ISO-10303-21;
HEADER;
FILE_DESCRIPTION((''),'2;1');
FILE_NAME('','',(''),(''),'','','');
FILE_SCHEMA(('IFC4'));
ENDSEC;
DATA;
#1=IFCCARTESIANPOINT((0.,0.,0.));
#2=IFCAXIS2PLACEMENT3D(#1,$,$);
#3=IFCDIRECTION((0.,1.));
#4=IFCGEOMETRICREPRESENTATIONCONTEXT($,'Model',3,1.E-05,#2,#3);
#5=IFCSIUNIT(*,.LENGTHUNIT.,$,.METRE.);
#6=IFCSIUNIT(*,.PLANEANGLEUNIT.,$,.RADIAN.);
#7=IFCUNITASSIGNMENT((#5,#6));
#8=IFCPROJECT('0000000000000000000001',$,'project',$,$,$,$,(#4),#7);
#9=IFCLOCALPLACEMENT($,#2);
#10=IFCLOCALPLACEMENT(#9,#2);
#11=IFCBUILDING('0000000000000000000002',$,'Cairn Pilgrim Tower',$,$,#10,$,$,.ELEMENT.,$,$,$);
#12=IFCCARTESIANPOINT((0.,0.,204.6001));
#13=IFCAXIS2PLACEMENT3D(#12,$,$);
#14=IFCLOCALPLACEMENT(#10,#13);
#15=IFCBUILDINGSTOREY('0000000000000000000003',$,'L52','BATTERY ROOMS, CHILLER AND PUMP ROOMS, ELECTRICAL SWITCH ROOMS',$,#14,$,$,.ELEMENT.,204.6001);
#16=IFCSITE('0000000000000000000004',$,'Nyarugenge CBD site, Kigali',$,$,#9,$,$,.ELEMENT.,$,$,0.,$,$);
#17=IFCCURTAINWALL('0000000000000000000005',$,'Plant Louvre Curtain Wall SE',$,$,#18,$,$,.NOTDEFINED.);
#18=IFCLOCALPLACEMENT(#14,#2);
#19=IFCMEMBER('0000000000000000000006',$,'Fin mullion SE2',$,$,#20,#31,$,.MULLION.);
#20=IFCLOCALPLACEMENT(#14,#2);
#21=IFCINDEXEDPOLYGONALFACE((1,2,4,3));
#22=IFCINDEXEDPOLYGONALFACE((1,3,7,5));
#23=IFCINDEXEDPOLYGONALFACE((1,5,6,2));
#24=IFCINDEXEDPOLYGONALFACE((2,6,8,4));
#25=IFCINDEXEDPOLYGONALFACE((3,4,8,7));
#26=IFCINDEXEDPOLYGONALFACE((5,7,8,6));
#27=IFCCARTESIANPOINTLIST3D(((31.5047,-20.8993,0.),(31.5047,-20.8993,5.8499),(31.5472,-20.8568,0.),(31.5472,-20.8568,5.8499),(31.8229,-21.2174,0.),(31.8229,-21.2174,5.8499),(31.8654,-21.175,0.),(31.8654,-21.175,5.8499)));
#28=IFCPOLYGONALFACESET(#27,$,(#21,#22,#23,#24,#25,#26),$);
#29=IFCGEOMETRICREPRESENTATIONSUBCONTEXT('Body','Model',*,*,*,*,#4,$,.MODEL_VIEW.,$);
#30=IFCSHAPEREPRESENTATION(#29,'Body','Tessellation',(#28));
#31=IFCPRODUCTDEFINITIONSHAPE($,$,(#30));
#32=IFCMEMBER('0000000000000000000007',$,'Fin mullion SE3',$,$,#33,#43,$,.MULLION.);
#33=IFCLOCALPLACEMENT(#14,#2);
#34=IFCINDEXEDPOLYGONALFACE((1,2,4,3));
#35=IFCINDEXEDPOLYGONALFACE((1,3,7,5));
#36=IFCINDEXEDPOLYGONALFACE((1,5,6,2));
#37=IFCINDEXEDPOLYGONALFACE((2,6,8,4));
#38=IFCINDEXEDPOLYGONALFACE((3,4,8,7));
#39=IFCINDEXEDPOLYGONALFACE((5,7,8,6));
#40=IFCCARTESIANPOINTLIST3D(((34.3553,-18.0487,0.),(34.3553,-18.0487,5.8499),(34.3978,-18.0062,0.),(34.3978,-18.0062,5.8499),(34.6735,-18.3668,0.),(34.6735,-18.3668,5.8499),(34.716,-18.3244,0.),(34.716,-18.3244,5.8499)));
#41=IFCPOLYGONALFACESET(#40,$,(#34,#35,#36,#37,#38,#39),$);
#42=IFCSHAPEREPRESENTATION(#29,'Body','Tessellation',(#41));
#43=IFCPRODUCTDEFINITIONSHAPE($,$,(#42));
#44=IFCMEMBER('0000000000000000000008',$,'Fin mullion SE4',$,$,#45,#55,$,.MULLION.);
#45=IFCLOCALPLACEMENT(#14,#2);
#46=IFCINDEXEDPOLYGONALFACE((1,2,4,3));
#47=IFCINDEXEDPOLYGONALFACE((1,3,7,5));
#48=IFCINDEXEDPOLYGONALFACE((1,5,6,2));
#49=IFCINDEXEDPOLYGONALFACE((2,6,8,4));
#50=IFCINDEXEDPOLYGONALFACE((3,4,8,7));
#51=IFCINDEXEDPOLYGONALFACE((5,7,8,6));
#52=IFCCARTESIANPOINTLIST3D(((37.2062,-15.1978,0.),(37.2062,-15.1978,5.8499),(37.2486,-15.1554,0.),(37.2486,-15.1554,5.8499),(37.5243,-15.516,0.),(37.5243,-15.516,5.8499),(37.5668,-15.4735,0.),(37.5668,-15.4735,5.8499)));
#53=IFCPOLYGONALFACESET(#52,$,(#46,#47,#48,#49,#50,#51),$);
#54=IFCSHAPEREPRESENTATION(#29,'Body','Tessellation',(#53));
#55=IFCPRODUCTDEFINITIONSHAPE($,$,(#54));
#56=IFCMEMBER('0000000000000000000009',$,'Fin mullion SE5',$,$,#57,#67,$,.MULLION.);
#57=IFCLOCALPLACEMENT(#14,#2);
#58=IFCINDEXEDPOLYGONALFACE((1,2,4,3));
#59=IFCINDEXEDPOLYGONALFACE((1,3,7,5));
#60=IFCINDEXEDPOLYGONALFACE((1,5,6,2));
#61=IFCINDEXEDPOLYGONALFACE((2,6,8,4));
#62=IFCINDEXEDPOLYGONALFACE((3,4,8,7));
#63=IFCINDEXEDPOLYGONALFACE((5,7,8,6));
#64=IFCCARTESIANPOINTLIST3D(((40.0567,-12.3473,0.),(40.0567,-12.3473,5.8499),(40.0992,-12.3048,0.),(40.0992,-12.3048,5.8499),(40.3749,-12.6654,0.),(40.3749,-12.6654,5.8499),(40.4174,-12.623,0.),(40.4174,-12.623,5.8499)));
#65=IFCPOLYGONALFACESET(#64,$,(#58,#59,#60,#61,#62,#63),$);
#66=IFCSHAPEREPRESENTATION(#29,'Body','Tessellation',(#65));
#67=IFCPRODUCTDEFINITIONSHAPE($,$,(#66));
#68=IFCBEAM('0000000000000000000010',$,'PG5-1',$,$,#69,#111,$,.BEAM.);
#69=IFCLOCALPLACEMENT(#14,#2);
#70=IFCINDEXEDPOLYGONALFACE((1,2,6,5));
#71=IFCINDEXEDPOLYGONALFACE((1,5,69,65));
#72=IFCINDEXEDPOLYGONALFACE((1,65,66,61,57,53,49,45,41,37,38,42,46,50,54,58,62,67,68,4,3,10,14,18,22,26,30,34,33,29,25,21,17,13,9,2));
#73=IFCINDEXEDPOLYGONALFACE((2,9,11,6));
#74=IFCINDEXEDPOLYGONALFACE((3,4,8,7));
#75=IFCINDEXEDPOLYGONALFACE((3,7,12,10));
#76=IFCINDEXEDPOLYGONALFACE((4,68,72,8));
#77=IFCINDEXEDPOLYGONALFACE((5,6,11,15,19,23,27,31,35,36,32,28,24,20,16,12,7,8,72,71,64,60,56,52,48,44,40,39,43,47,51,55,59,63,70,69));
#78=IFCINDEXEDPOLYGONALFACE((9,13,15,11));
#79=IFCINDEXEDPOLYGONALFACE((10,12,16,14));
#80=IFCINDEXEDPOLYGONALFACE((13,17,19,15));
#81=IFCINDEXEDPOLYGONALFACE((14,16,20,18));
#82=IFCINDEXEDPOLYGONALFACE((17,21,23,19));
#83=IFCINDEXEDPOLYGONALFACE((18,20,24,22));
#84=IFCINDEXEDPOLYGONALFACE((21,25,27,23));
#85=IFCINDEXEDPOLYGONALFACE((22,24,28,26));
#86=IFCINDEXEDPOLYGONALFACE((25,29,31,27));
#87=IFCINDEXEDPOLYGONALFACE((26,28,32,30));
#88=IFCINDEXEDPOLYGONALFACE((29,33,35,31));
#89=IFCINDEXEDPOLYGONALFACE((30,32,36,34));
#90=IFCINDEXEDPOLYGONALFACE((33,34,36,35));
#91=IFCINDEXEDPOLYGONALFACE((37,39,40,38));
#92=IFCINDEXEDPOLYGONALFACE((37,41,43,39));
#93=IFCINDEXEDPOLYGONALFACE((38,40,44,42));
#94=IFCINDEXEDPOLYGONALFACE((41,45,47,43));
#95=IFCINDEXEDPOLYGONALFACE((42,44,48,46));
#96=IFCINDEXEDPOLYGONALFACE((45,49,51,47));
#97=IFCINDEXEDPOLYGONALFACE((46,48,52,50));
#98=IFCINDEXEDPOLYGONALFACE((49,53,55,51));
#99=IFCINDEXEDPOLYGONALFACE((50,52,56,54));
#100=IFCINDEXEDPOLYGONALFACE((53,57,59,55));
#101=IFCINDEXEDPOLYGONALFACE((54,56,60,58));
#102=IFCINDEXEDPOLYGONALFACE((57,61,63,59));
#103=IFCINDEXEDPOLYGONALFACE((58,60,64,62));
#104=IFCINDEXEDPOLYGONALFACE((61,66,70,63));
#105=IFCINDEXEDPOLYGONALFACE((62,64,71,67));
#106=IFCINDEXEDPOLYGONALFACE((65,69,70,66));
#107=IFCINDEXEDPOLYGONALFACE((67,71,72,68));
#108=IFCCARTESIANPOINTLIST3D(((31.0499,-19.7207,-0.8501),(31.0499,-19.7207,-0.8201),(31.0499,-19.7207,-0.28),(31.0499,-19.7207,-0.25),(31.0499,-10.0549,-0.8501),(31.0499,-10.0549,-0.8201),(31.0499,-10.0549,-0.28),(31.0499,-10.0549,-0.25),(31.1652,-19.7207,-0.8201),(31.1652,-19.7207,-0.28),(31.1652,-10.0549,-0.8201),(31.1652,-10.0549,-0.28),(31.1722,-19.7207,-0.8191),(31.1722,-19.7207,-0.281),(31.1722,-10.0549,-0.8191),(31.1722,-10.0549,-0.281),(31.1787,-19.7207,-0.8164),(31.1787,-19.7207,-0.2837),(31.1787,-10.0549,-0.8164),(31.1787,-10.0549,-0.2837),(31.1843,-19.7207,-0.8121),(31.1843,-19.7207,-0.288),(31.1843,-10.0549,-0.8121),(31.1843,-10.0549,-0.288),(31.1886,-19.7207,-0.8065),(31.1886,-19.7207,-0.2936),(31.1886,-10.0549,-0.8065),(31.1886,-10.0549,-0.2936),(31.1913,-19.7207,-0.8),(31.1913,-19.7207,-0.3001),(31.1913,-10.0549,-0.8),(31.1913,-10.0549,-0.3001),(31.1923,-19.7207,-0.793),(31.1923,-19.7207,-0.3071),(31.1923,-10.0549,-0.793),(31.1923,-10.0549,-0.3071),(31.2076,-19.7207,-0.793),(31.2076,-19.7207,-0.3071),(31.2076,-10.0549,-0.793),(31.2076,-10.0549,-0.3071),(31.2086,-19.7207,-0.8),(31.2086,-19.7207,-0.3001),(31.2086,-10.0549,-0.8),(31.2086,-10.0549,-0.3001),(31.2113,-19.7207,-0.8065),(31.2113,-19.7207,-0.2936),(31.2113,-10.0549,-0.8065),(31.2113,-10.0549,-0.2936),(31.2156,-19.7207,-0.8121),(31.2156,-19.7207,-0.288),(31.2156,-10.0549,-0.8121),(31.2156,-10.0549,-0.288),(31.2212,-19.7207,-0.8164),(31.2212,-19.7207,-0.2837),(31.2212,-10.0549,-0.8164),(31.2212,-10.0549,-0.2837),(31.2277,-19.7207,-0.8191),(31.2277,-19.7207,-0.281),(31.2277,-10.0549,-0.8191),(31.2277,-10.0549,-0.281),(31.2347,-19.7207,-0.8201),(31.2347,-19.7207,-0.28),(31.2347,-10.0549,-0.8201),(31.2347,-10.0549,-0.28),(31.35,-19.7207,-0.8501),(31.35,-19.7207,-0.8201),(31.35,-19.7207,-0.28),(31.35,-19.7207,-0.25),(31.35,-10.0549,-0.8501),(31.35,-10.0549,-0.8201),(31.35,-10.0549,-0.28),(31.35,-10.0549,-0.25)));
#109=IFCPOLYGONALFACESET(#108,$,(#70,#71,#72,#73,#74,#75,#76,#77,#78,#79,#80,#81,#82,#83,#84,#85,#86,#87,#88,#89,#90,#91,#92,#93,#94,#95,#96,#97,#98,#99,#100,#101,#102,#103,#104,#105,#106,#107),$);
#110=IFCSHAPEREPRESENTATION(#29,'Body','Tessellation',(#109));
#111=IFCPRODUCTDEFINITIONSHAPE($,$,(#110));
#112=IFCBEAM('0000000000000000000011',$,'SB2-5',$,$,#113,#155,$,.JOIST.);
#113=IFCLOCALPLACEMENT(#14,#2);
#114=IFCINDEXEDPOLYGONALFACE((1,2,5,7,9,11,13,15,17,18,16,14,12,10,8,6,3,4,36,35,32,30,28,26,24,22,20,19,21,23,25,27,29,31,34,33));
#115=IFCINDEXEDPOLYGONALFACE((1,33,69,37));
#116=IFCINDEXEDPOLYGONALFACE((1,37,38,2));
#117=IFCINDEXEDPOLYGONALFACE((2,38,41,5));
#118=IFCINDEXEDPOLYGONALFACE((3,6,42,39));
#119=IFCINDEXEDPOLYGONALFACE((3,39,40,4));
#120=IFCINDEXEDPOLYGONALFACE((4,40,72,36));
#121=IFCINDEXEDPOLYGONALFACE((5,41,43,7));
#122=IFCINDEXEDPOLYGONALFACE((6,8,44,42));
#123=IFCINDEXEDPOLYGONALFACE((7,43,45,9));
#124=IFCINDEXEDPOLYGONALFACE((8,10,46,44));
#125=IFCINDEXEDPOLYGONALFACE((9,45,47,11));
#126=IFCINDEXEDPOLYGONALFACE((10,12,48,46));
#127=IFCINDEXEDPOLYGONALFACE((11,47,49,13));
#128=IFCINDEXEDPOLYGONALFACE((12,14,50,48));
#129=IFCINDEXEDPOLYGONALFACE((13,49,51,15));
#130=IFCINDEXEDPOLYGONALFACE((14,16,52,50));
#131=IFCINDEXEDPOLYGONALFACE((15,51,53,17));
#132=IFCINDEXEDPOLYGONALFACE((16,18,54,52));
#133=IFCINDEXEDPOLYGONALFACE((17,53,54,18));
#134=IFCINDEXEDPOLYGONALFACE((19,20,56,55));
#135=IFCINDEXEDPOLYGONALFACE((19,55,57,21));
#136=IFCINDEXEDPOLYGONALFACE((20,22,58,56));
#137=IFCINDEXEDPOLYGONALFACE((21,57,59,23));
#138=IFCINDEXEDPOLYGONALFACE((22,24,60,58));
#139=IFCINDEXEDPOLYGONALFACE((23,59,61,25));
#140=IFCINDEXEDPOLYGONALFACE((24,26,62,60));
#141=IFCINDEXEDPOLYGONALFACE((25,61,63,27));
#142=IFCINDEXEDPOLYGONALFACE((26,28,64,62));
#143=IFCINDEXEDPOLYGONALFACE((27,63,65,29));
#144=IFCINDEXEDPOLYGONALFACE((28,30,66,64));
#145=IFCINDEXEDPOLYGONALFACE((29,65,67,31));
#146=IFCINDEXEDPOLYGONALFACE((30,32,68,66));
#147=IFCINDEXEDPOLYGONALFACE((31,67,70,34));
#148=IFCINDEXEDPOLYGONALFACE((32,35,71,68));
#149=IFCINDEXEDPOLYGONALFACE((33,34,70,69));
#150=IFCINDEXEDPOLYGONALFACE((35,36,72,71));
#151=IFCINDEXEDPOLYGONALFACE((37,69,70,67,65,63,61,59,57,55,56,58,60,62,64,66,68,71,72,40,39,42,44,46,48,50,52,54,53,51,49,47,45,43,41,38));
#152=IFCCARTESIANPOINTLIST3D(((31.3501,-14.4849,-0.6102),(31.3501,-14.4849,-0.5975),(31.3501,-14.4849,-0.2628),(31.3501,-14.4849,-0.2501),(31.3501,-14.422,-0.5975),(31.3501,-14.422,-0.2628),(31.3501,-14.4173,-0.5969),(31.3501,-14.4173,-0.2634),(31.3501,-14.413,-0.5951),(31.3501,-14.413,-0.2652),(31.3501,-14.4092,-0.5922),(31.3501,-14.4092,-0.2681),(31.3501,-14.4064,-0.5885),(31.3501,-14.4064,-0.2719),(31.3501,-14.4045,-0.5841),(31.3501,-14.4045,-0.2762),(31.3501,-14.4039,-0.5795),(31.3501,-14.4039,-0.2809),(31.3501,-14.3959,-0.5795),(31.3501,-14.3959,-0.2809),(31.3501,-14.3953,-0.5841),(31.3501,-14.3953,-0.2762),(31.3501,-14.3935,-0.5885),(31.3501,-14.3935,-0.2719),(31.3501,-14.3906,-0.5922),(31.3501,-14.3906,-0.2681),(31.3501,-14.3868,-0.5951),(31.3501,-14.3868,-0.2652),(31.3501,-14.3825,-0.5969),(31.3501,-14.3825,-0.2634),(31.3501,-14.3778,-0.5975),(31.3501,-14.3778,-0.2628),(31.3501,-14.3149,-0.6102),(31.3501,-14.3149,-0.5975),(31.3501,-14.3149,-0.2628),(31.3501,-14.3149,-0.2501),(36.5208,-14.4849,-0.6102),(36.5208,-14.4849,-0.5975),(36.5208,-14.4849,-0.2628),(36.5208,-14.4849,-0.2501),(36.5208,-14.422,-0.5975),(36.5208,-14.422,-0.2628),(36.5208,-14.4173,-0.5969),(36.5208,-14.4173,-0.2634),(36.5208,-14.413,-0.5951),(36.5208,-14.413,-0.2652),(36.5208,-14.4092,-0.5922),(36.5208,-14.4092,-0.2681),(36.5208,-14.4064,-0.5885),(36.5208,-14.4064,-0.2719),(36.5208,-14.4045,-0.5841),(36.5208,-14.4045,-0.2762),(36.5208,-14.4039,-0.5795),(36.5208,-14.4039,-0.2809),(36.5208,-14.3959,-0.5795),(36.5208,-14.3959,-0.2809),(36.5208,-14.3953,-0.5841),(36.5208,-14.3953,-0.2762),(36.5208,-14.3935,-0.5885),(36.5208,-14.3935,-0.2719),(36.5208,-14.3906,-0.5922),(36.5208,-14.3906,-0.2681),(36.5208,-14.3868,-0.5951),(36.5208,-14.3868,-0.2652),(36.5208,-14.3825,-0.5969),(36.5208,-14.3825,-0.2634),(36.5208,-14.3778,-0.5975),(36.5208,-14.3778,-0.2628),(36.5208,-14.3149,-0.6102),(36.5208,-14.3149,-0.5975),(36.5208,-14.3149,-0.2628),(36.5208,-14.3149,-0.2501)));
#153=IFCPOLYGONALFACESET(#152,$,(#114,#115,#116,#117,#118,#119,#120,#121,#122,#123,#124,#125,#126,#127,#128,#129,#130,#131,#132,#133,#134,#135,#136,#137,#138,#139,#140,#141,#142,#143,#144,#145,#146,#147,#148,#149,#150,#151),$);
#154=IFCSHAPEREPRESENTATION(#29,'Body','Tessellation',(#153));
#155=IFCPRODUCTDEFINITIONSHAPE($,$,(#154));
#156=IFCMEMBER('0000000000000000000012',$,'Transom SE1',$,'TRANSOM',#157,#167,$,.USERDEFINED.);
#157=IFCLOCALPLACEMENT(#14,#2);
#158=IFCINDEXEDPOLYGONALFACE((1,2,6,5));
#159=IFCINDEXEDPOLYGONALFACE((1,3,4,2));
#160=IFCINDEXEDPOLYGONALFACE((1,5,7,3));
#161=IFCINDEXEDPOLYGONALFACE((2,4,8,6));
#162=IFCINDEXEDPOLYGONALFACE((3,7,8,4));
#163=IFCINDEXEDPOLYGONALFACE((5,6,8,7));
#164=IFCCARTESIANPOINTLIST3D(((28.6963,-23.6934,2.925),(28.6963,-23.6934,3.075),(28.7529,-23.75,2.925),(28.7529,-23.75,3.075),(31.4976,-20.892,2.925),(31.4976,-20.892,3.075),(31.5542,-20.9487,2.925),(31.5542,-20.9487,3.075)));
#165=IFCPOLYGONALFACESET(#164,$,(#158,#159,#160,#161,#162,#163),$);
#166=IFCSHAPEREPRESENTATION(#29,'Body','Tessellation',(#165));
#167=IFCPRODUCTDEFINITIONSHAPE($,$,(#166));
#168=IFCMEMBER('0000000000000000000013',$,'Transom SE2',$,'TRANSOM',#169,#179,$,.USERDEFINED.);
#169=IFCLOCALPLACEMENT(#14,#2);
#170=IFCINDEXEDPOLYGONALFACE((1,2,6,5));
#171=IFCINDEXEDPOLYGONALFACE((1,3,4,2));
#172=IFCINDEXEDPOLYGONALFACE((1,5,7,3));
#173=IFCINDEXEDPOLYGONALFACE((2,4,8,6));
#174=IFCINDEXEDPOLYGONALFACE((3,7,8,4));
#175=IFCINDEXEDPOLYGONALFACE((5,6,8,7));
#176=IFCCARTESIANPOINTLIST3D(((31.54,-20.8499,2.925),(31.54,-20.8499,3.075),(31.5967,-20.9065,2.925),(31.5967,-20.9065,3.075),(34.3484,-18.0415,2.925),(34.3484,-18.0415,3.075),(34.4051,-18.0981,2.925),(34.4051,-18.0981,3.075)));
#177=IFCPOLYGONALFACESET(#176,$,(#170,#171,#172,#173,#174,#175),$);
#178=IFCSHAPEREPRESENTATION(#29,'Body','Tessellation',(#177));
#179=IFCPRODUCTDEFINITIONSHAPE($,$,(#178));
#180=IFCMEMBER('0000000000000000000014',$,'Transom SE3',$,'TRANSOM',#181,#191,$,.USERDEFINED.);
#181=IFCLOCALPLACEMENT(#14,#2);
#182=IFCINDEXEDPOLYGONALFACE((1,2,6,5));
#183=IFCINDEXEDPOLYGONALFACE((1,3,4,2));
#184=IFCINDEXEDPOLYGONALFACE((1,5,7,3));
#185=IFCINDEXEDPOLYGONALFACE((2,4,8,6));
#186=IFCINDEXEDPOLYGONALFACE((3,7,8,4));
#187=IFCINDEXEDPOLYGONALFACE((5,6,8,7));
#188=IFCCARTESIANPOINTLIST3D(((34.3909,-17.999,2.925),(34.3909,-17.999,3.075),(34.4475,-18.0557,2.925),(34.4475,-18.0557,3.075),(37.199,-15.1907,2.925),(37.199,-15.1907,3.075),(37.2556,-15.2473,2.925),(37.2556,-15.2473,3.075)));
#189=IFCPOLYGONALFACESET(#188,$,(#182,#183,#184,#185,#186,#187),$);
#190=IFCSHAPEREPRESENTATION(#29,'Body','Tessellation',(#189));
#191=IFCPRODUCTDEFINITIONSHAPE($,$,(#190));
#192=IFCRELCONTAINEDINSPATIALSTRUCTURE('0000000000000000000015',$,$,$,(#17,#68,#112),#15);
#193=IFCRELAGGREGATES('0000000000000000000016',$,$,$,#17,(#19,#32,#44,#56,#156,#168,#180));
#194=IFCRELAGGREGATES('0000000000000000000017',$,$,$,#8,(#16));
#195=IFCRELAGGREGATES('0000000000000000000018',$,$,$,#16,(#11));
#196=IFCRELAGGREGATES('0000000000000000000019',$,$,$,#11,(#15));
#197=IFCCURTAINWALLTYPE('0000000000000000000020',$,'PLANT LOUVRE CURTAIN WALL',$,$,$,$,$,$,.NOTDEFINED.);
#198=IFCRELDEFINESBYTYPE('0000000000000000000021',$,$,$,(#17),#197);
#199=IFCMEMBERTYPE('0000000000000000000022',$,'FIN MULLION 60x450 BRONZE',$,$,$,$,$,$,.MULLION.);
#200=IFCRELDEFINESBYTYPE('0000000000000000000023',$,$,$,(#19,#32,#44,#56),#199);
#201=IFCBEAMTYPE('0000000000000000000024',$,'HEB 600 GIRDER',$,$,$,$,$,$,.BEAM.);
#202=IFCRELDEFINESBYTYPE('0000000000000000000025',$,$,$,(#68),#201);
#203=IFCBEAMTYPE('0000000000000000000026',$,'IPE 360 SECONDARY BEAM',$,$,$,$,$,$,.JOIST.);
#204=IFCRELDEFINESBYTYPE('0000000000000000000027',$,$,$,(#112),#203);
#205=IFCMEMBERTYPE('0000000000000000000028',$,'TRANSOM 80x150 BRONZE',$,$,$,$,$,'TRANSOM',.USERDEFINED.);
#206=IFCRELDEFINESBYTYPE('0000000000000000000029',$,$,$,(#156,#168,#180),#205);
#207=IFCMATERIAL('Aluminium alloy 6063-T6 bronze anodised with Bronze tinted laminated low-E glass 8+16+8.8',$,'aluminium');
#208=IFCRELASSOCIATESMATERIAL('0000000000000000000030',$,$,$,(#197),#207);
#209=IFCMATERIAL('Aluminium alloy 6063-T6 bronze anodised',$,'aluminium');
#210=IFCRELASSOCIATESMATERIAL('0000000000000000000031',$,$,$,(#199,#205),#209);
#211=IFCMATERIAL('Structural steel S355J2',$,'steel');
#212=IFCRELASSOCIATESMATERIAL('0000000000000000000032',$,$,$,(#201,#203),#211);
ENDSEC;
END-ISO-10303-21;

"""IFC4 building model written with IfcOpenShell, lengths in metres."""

from ifc_helpers import new_model, si_unit, direction, frame, origin, origin_2d, place, context, subcontext, project, spatial, rectangle, i_section, extrude, material, material_profile, profile_set, type_object, element, aggregate, save


model = new_model("IFC4")

# Units and contexts
model_context = context("Model", 3, precision=1e-05, world=origin(), true_north=direction((0.0, 1.0)))
body_context = subcontext(model_context, "Body", "Model", "MODEL_VIEW")
ifc_project = project(units=[si_unit("LENGTHUNIT", "METRE"), si_unit("PLANEANGLEUNIT", "RADIAN")], contexts=[model_context])

# Site, building, storey
site_placement = place(None, origin())
site = spatial("IfcSite", under=ifc_project, at=site_placement, Name="Nyarugenge CBD site, Kigali", CompositionType="ELEMENT", RefElevation=0.0)
building_placement = place(site_placement, origin())
building = spatial("IfcBuilding", under=site, at=building_placement, Name="Cairn Pilgrim Tower", CompositionType="ELEMENT")
storey_placement = place(building_placement, frame((0.0, 0.0, 204.6001)))
storey = spatial("IfcBuildingStorey", under=building, at=storey_placement, Name="L52", Description="BATTERY ROOMS, CHILLER AND PUMP ROOMS, ELECTRICAL SWITCH ROOMS", CompositionType="ELEMENT", Elevation=204.6001)

# Curtain wall, members
ifc_material_1 = material(Name="Aluminium alloy 6063-T6 bronze anodised with Bronze tinted laminated low-E glass 8+16+8.8", Category="aluminium")
curtain_wall_type = type_object("IfcCurtainWallType", Name="PLANT LOUVRE CURTAIN WALL", PredefinedType="NOTDEFINED", material=ifc_material_1)
curtain_wall_placement = place(storey_placement, origin())
curtain_wall = element("IfcCurtainWall", 1, at=curtain_wall_placement, inside=storey, type_object=curtain_wall_type, Name="Plant Louvre Curtain Wall SE", PredefinedType="NOTDEFINED")
ifc_material_2 = material(Name="Aluminium alloy 6063-T6 bronze anodised", Category="aluminium")
ifc_material_profile_1 = material_profile(ifc_material_2, rectangle(XDim=0.45, YDim=0.0601, at=origin_2d()), Name="FIN MULLION 60x450 BRONZE")
ifc_profile_set_1 = profile_set([ifc_material_profile_1], Name="Aluminium alloy 6063-T6 bronze anodised")
member_type_1 = type_object("IfcMemberType", Name="FIN MULLION 60x450 BRONZE", PredefinedType="MULLION", material=ifc_profile_set_1)
member_1_placement = place(storey_placement, frame((31.6851, -21.0371, 0.0), z_axis=(0.0, 0.0, 1.0), x_axis=(0.707107, -0.707107, 0.0)))
member_1 = element("IfcMember", 2, at=member_1_placement, type_object=member_type_1, Name="Fin mullion SE2", PredefinedType="MULLION", context=body_context, shape_type="SweptSolid", body=[
    extrude(rectangle(XDim=0.45, YDim=0.0601, at=origin_2d()), origin(), (0.0, 0.0, 1.0), 5.8499),
])
member_2_placement = place(storey_placement, frame((34.5356, -18.1865, 0.0), z_axis=(0.0, 0.0, 1.0), x_axis=(0.707107, -0.707107, 0.0)))
member_2 = element("IfcMember", 3, at=member_2_placement, type_object=member_type_1, Name="Fin mullion SE3", PredefinedType="MULLION", context=body_context, shape_type="SweptSolid", body=[
    extrude(rectangle(XDim=0.45, YDim=0.0601, at=origin_2d()), origin(), (0.0, 0.0, 1.0), 5.8499),
])
member_3_placement = place(storey_placement, frame((37.3865, -15.3357, 0.0), z_axis=(0.0, 0.0, 1.0), x_axis=(0.707107, -0.707107, 0.0)))
member_3 = element("IfcMember", 4, at=member_3_placement, type_object=member_type_1, Name="Fin mullion SE4", PredefinedType="MULLION", context=body_context, shape_type="SweptSolid", body=[
    extrude(rectangle(XDim=0.45, YDim=0.0601, at=origin_2d()), origin(), (0.0, 0.0, 1.0), 5.8499),
])
member_4_placement = place(storey_placement, frame((40.2371, -12.4851, 0.0), z_axis=(0.0, 0.0, 1.0), x_axis=(0.707107, -0.707107, 0.0)))
member_4 = element("IfcMember", 5, at=member_4_placement, type_object=member_type_1, Name="Fin mullion SE5", PredefinedType="MULLION", context=body_context, shape_type="SweptSolid", body=[
    extrude(rectangle(XDim=0.45, YDim=0.0601, at=origin_2d()), origin(), (0.0, 0.0, 1.0), 5.8499),
])

# Beams
ifc_material_3 = material(Name="Structural steel S355J2", Category="steel")
ifc_material_profile_2 = material_profile(ifc_material_3, i_section(OverallWidth=0.3, OverallDepth=0.6001, WebThickness=0.0154, FlangeThickness=0.03, FilletRadius=0.0271, at=origin_2d()), Name="HEB 600")
ifc_profile_set_2 = profile_set([ifc_material_profile_2], Name="Structural steel S355J2")
beam_type_1 = type_object("IfcBeamType", Name="HEB 600 GIRDER", PredefinedType="BEAM", material=ifc_profile_set_2)
beam_1_placement = place(storey_placement, frame((31.2, -19.7207, -0.55), z_axis=(0.0, 1.0, 0.0), x_axis=(-1.0, 0.0, 0.0)))
element("IfcBeam", 6, at=beam_1_placement, inside=storey, type_object=beam_type_1, Name="PG5-1", PredefinedType="BEAM", context=body_context, shape_type="SweptSolid", body=[
    extrude(i_section(OverallWidth=0.3, OverallDepth=0.6001, WebThickness=0.0154, FlangeThickness=0.03, FilletRadius=0.0271, at=origin_2d()), origin(), (0.0, 0.0, 1.0), 9.6658),
])
ifc_material_profile_3 = material_profile(ifc_material_3, i_section(OverallWidth=0.1699, OverallDepth=0.3601, WebThickness=0.0081, FlangeThickness=0.0127, FilletRadius=0.0181, at=origin_2d()), Name="IPE 360")
ifc_profile_set_3 = profile_set([ifc_material_profile_3], Name="Structural steel S355J2")
beam_type_2 = type_object("IfcBeamType", Name="IPE 360 SECONDARY BEAM", PredefinedType="JOIST", material=ifc_profile_set_3)
beam_2_placement = place(storey_placement, frame((31.3501, -14.3999, -0.4302), z_axis=(1.0, 0.0, 0.0), x_axis=(0.0, 1.0, 0.0)))
element("IfcBeam", 7, at=beam_2_placement, inside=storey, type_object=beam_type_2, Name="SB2-5", PredefinedType="JOIST", context=body_context, shape_type="SweptSolid", body=[
    extrude(i_section(OverallWidth=0.1699, OverallDepth=0.3601, WebThickness=0.0081, FlangeThickness=0.0127, FilletRadius=0.0181, at=origin_2d()), origin(), (0.0, 0.0, 1.0), 5.1707),
])

# Members
ifc_material_profile_4 = material_profile(ifc_material_2, rectangle(XDim=0.0801, YDim=0.1499, at=origin_2d()), Name="TRANSOM 80x150 BRONZE")
ifc_profile_set_4 = profile_set([ifc_material_profile_4], Name="Aluminium alloy 6063-T6 bronze anodised")
member_type_2 = type_object("IfcMemberType", Name="TRANSOM 80x150 BRONZE", ElementType="TRANSOM", PredefinedType="USERDEFINED", material=ifc_profile_set_4)
member_5_placement = place(storey_placement, frame((28.7246, -23.7217, 3.0), z_axis=(0.707107, 0.707107, 0.0), x_axis=(-0.707107, 0.707107, 0.0)))
member_5 = element("IfcMember", 8, at=member_5_placement, type_object=member_type_2, Name="Transom SE1", ObjectType="TRANSOM", PredefinedType="USERDEFINED", context=body_context, shape_type="SweptSolid", body=[
    extrude(rectangle(XDim=0.0801, YDim=0.1499, at=origin_2d()), origin(), (0.0, 0.0, 1.0), 3.9617),
])
member_6_placement = place(storey_placement, frame((31.5684, -20.8782, 3.0), z_axis=(0.707107, 0.707107, 0.0), x_axis=(-0.707107, 0.707107, 0.0)))
member_6 = element("IfcMember", 9, at=member_6_placement, type_object=member_type_2, Name="Transom SE2", ObjectType="TRANSOM", PredefinedType="USERDEFINED", context=body_context, shape_type="SweptSolid", body=[
    extrude(rectangle(XDim=0.0801, YDim=0.1499, at=origin_2d()), origin(), (0.0, 0.0, 1.0), 3.9717),
])
member_7_placement = place(storey_placement, frame((34.4192, -18.0273, 3.0), z_axis=(0.707076, 0.707138, 0.0), x_axis=(-0.707138, 0.707076, 0.0)))
member_7 = element("IfcMember", 10, at=member_7_placement, type_object=member_type_2, Name="Transom SE3", ObjectType="TRANSOM", PredefinedType="USERDEFINED", context=body_context, shape_type="SweptSolid", body=[
    extrude(rectangle(XDim=0.0801, YDim=0.1499, at=origin_2d()), origin(), (0.0, 0.0, 1.0), 3.9714),
])

aggregate(curtain_wall, [member_1, member_2, member_3, member_4, member_5, member_6, member_7])

save(model, "model.ifc")
